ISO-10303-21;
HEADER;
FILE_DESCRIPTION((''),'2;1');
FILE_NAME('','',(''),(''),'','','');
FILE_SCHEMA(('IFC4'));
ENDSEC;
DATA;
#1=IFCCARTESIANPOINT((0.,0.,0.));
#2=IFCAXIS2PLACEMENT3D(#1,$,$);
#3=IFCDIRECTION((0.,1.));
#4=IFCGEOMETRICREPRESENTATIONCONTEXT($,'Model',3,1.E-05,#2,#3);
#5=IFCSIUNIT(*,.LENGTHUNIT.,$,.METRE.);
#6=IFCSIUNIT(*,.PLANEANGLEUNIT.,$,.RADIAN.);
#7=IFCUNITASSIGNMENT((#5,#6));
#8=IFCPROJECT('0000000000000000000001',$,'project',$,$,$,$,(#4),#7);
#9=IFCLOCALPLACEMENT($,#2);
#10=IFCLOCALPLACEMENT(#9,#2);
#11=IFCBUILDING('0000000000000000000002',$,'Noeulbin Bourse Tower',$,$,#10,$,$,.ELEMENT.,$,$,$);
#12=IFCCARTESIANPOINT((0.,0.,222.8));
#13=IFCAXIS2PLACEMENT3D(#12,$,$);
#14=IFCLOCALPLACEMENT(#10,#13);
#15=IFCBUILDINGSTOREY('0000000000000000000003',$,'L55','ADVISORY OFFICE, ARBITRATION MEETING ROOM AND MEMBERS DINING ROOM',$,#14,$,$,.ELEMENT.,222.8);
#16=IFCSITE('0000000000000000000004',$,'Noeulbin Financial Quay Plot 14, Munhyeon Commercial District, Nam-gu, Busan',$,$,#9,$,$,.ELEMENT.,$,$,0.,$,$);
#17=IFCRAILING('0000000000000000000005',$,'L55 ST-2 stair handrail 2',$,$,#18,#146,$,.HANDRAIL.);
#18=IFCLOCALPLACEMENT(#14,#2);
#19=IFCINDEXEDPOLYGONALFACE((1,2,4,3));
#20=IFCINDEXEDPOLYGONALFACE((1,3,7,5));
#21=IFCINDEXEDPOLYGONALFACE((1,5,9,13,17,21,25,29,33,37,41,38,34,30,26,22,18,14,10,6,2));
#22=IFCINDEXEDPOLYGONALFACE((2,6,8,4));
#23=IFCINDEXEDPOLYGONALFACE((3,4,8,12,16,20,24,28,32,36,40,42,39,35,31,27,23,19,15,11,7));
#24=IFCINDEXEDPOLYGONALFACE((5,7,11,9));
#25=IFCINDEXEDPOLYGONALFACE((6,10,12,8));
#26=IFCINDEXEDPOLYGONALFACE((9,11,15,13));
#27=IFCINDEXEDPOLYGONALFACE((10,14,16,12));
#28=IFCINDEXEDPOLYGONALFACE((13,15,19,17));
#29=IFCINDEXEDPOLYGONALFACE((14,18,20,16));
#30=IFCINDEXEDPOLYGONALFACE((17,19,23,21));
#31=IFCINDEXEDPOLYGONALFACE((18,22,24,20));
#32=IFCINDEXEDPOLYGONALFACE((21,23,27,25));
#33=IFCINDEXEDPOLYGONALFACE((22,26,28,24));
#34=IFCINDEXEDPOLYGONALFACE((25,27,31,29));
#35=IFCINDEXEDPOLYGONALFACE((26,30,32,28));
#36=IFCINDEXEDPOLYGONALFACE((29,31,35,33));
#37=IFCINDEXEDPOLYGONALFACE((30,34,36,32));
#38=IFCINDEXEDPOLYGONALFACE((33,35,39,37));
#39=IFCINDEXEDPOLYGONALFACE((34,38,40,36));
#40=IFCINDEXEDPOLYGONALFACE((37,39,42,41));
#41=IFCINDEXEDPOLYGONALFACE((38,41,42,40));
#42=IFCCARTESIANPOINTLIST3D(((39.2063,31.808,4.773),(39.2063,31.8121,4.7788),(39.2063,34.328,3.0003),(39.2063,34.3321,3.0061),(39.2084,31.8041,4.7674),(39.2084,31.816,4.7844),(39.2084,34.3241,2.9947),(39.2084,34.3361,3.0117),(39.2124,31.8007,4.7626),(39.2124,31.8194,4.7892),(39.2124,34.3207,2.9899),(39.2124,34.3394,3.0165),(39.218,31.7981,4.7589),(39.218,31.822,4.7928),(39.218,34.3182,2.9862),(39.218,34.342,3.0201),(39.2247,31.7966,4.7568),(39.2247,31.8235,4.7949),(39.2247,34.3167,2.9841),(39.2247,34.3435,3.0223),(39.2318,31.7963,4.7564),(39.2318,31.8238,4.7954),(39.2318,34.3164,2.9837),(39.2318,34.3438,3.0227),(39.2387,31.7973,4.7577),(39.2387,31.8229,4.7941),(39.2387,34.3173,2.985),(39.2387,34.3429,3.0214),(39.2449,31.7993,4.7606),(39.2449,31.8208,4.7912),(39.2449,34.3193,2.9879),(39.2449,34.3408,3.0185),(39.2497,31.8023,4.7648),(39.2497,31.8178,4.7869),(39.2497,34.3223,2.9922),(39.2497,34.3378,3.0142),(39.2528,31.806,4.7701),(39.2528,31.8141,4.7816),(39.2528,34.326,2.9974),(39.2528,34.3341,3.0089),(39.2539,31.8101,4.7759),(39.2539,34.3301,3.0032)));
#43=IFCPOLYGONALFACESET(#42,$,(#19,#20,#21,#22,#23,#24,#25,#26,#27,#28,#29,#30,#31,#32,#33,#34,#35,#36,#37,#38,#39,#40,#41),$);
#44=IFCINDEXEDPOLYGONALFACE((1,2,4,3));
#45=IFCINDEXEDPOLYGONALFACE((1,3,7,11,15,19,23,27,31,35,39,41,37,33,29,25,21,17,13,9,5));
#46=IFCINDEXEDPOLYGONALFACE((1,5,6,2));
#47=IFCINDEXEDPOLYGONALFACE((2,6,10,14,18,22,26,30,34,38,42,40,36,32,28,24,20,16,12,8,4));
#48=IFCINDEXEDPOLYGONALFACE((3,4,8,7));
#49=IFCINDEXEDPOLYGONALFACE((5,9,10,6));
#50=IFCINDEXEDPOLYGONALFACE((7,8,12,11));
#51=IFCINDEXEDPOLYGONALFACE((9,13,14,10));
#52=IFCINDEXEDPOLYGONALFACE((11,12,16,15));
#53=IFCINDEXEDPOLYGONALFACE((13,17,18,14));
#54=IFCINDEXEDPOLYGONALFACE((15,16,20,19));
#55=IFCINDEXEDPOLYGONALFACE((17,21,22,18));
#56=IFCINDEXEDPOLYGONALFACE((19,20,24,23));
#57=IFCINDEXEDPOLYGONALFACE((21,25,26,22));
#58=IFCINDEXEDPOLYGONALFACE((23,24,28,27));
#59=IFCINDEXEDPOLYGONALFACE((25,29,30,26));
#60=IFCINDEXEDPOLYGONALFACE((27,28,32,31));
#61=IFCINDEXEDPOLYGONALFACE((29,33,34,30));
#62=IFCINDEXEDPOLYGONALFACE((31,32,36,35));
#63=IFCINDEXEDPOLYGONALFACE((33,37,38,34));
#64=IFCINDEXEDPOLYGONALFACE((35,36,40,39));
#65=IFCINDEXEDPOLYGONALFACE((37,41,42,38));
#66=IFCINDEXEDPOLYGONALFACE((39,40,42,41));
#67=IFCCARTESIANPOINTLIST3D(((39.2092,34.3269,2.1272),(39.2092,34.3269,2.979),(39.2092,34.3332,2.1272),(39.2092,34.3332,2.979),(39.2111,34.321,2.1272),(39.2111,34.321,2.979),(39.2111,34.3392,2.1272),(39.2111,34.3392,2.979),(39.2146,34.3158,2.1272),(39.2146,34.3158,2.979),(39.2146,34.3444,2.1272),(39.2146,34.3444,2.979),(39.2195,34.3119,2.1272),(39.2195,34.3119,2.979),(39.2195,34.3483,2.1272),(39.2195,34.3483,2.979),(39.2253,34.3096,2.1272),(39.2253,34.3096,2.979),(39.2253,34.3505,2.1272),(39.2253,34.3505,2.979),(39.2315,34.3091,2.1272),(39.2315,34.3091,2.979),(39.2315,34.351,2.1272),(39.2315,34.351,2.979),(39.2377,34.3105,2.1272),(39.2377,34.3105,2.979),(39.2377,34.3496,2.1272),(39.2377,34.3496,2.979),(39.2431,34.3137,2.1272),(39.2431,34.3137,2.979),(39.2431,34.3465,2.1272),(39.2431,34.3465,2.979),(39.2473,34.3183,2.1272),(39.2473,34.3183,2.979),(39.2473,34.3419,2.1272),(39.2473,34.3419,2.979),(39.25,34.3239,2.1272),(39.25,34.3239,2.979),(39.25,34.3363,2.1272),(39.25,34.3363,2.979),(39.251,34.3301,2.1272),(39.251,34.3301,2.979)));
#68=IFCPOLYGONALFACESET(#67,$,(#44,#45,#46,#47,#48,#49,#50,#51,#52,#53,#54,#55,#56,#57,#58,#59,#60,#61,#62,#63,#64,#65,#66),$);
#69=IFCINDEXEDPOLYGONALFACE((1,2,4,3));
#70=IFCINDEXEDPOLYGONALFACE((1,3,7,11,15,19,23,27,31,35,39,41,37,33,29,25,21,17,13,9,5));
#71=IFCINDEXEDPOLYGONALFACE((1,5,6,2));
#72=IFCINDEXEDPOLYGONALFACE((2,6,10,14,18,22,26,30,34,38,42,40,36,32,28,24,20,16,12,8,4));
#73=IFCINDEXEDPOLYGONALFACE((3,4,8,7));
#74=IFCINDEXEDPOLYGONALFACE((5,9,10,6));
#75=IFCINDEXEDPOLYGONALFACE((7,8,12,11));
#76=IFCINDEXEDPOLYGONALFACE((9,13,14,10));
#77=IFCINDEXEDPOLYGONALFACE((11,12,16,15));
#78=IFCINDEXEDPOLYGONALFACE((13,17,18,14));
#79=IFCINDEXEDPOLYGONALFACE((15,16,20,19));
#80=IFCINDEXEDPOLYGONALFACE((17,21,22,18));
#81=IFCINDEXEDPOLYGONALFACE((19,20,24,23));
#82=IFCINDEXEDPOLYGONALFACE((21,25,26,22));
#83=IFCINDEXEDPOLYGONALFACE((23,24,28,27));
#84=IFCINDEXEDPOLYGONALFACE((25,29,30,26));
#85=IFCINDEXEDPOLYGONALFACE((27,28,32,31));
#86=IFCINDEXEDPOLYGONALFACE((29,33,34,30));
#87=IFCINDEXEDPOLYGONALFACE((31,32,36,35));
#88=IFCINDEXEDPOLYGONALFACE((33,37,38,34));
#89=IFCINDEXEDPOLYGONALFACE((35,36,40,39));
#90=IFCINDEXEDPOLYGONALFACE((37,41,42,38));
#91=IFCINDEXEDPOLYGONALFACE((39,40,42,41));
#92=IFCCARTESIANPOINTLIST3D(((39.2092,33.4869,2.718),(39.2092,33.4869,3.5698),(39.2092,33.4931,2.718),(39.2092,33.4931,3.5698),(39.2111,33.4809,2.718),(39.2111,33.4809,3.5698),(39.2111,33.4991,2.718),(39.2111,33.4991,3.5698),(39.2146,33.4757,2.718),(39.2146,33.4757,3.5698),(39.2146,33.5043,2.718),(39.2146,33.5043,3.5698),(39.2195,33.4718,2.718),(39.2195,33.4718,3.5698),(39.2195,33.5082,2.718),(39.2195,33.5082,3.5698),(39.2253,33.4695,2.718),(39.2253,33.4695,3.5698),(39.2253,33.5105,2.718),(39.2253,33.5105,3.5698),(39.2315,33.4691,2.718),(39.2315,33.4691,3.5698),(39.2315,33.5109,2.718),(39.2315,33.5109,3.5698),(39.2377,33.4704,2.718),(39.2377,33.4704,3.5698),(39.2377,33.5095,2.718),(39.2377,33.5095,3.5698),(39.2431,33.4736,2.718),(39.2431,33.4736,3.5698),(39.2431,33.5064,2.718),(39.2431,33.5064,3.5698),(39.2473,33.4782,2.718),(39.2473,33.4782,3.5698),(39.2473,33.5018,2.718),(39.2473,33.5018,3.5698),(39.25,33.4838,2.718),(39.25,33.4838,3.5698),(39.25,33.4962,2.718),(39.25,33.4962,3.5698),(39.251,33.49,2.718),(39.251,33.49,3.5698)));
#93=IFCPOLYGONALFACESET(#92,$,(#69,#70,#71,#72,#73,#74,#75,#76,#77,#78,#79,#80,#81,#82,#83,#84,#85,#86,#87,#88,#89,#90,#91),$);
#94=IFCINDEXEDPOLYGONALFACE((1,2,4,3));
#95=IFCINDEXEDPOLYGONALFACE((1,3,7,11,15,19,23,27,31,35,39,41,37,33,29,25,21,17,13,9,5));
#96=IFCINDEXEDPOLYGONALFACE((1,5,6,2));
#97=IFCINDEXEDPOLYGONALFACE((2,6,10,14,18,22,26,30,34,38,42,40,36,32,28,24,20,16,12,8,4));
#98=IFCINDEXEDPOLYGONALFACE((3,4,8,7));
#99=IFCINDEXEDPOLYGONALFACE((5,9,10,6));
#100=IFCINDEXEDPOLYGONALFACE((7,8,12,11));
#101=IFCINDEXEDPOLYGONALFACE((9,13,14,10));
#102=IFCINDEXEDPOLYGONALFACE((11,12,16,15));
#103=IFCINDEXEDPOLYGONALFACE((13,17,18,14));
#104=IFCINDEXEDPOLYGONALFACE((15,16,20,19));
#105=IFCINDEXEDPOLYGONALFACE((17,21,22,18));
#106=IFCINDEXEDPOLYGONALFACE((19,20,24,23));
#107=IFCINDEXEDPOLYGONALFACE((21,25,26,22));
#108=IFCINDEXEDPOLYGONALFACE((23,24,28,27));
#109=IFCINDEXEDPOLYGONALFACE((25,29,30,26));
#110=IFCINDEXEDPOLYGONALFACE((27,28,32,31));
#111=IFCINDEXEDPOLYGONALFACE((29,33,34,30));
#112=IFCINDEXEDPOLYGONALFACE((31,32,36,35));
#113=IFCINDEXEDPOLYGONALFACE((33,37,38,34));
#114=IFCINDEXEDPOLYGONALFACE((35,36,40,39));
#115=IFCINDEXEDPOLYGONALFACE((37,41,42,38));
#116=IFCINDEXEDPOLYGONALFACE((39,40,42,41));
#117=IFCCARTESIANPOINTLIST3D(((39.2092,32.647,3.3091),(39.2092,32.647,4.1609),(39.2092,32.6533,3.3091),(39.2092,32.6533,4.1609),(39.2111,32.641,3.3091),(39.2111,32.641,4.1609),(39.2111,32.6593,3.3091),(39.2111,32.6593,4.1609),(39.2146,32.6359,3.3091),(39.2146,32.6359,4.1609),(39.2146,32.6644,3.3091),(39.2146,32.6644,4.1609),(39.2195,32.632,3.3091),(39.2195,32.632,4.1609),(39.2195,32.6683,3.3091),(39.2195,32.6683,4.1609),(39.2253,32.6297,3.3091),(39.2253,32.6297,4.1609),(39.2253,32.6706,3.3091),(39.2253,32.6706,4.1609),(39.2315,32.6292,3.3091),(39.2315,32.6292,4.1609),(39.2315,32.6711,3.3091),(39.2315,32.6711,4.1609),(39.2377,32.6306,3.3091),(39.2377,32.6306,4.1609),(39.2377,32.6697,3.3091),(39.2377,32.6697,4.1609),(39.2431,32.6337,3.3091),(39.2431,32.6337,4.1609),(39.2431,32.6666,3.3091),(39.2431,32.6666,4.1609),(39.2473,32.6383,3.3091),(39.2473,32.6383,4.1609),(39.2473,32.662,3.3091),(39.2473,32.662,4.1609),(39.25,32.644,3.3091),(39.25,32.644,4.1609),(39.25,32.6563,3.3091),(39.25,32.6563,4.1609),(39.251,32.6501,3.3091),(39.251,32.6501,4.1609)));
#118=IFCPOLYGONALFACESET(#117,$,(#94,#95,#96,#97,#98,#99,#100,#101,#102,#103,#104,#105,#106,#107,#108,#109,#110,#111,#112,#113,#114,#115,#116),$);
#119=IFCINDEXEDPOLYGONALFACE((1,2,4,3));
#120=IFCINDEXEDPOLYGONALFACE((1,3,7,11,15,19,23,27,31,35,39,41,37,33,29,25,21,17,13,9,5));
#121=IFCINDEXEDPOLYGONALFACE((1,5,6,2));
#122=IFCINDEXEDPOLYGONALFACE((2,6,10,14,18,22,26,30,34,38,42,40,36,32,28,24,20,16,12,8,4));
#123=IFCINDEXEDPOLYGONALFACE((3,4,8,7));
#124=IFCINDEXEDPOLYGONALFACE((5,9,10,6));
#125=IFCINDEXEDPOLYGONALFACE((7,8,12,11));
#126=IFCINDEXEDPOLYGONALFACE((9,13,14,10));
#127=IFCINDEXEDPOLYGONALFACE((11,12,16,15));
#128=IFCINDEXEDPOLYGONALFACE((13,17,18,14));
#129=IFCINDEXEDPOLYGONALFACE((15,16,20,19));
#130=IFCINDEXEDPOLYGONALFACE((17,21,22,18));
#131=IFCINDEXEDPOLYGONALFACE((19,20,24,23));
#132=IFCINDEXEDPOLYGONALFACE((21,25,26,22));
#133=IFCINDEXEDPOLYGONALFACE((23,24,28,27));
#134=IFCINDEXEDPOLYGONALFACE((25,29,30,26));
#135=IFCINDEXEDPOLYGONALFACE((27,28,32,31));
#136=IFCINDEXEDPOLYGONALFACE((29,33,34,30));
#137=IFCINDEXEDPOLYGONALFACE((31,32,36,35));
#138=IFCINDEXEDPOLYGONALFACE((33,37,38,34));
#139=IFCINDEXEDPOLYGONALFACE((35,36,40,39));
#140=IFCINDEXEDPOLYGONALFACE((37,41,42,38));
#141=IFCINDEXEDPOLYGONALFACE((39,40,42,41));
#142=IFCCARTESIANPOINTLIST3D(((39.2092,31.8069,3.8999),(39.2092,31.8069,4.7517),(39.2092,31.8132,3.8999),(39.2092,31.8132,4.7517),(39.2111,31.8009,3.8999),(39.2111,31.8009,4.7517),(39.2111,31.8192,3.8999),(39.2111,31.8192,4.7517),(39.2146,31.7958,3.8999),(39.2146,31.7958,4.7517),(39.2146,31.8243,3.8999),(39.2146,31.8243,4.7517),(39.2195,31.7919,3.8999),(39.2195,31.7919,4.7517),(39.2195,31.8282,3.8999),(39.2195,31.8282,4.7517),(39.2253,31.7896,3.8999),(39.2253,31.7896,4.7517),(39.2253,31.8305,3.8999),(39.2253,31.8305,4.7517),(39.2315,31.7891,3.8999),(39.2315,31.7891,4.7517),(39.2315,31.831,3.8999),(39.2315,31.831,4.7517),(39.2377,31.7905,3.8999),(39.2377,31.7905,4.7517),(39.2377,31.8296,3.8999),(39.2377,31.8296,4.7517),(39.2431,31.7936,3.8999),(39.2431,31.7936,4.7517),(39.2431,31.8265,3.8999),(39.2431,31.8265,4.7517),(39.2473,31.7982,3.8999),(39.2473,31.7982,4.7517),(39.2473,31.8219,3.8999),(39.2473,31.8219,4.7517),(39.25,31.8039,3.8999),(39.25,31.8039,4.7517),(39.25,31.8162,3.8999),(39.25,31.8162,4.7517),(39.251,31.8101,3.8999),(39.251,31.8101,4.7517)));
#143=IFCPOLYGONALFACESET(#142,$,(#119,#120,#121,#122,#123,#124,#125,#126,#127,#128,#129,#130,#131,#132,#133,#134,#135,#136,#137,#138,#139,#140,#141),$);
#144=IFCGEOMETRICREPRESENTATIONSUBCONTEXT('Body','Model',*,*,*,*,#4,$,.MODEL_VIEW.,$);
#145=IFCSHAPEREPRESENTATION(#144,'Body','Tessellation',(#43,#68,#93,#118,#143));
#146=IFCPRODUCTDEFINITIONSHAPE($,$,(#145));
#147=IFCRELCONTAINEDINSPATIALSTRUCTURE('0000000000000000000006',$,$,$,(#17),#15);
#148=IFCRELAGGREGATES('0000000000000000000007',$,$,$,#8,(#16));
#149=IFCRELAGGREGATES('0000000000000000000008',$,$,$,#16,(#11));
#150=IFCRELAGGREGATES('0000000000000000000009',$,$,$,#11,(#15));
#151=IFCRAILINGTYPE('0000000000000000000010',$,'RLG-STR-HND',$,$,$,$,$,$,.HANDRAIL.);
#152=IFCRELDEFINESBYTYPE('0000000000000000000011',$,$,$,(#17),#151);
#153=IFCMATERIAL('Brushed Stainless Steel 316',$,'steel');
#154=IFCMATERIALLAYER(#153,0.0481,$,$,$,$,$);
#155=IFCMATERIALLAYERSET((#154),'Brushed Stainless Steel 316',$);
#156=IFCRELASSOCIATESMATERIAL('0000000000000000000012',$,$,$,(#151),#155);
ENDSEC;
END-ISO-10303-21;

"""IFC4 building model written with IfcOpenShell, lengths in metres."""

from ifc_helpers import new_model, si_unit, direction, frame, origin, origin_2d, place, context, subcontext, project, spatial, circle, extrude, material, layer, layer_set, type_object, element, save


model = new_model("IFC4")

# Units and contexts
model_context = context("Model", 3, precision=1e-05, world=origin(), true_north=direction((0.0, 1.0)))
body_context = subcontext(model_context, "Body", "Model", "MODEL_VIEW")
ifc_project = project(units=[si_unit("LENGTHUNIT", "METRE"), si_unit("PLANEANGLEUNIT", "RADIAN")], contexts=[model_context])

# Site, building, storey
site_placement = place(None, origin())
site = spatial("IfcSite", under=ifc_project, at=site_placement, Name="Noeulbin Financial Quay Plot 14, Munhyeon Commercial District, Nam-gu, Busan", CompositionType="ELEMENT", RefElevation=0.0)
building_placement = place(site_placement, origin())
building = spatial("IfcBuilding", under=site, at=building_placement, Name="Noeulbin Bourse Tower", CompositionType="ELEMENT")
storey_placement = place(building_placement, frame((0.0, 0.0, 222.8)))
storey = spatial("IfcBuildingStorey", under=building, at=storey_placement, Name="L55", Description="ADVISORY OFFICE, ARBITRATION MEETING ROOM AND MEMBERS DINING ROOM", CompositionType="ELEMENT", Elevation=222.8)

# Railing
ifc_material_1 = material(Name="Brushed Stainless Steel 316", Category="steel")
ifc_layer_1 = layer(ifc_material_1, 0.0481)
ifc_layer_set_1 = layer_set([ifc_layer_1], Name="Brushed Stainless Steel 316")
railing_type_1 = type_object("IfcRailingType", Name="RLG-STR-HND", PredefinedType="HANDRAIL", material=ifc_layer_set_1)
railing_1_placement = place(storey_placement, frame((39.23, 34.3301, 2.1272)))
element("IfcRailing", 1, at=railing_1_placement, inside=storey, type_object=railing_type_1, Name="L55 ST-2 stair handrail 2", PredefinedType="HANDRAIL", context=body_context, shape_type="SweptSolid", body=[
    extrude(circle(Radius=0.0239, at=origin_2d()), frame((0.0, 0.0, 0.876), z_axis=(0.0, -0.817904, 0.575354), x_axis=(1.0, 0.0, 0.0)), (0.0, 0.0, 1.0), 3.0811),
    extrude(circle(Radius=0.021, at=origin_2d()), origin(), (0.0, 0.0, 1.0), 0.8518),
    extrude(circle(Radius=0.021, at=origin_2d()), frame((0.0, -0.8401, 0.5908)), (0.0, 0.0, 1.0), 0.8518),
    extrude(circle(Radius=0.021, at=origin_2d()), frame((0.0, -1.6799, 1.1819)), (0.0, 0.0, 1.0), 0.8518),
    extrude(circle(Radius=0.021, at=origin_2d()), frame((0.0, -2.52, 1.7727)), (0.0, 0.0, 1.0), 0.8518),
])

save(model, "model.ifc")
